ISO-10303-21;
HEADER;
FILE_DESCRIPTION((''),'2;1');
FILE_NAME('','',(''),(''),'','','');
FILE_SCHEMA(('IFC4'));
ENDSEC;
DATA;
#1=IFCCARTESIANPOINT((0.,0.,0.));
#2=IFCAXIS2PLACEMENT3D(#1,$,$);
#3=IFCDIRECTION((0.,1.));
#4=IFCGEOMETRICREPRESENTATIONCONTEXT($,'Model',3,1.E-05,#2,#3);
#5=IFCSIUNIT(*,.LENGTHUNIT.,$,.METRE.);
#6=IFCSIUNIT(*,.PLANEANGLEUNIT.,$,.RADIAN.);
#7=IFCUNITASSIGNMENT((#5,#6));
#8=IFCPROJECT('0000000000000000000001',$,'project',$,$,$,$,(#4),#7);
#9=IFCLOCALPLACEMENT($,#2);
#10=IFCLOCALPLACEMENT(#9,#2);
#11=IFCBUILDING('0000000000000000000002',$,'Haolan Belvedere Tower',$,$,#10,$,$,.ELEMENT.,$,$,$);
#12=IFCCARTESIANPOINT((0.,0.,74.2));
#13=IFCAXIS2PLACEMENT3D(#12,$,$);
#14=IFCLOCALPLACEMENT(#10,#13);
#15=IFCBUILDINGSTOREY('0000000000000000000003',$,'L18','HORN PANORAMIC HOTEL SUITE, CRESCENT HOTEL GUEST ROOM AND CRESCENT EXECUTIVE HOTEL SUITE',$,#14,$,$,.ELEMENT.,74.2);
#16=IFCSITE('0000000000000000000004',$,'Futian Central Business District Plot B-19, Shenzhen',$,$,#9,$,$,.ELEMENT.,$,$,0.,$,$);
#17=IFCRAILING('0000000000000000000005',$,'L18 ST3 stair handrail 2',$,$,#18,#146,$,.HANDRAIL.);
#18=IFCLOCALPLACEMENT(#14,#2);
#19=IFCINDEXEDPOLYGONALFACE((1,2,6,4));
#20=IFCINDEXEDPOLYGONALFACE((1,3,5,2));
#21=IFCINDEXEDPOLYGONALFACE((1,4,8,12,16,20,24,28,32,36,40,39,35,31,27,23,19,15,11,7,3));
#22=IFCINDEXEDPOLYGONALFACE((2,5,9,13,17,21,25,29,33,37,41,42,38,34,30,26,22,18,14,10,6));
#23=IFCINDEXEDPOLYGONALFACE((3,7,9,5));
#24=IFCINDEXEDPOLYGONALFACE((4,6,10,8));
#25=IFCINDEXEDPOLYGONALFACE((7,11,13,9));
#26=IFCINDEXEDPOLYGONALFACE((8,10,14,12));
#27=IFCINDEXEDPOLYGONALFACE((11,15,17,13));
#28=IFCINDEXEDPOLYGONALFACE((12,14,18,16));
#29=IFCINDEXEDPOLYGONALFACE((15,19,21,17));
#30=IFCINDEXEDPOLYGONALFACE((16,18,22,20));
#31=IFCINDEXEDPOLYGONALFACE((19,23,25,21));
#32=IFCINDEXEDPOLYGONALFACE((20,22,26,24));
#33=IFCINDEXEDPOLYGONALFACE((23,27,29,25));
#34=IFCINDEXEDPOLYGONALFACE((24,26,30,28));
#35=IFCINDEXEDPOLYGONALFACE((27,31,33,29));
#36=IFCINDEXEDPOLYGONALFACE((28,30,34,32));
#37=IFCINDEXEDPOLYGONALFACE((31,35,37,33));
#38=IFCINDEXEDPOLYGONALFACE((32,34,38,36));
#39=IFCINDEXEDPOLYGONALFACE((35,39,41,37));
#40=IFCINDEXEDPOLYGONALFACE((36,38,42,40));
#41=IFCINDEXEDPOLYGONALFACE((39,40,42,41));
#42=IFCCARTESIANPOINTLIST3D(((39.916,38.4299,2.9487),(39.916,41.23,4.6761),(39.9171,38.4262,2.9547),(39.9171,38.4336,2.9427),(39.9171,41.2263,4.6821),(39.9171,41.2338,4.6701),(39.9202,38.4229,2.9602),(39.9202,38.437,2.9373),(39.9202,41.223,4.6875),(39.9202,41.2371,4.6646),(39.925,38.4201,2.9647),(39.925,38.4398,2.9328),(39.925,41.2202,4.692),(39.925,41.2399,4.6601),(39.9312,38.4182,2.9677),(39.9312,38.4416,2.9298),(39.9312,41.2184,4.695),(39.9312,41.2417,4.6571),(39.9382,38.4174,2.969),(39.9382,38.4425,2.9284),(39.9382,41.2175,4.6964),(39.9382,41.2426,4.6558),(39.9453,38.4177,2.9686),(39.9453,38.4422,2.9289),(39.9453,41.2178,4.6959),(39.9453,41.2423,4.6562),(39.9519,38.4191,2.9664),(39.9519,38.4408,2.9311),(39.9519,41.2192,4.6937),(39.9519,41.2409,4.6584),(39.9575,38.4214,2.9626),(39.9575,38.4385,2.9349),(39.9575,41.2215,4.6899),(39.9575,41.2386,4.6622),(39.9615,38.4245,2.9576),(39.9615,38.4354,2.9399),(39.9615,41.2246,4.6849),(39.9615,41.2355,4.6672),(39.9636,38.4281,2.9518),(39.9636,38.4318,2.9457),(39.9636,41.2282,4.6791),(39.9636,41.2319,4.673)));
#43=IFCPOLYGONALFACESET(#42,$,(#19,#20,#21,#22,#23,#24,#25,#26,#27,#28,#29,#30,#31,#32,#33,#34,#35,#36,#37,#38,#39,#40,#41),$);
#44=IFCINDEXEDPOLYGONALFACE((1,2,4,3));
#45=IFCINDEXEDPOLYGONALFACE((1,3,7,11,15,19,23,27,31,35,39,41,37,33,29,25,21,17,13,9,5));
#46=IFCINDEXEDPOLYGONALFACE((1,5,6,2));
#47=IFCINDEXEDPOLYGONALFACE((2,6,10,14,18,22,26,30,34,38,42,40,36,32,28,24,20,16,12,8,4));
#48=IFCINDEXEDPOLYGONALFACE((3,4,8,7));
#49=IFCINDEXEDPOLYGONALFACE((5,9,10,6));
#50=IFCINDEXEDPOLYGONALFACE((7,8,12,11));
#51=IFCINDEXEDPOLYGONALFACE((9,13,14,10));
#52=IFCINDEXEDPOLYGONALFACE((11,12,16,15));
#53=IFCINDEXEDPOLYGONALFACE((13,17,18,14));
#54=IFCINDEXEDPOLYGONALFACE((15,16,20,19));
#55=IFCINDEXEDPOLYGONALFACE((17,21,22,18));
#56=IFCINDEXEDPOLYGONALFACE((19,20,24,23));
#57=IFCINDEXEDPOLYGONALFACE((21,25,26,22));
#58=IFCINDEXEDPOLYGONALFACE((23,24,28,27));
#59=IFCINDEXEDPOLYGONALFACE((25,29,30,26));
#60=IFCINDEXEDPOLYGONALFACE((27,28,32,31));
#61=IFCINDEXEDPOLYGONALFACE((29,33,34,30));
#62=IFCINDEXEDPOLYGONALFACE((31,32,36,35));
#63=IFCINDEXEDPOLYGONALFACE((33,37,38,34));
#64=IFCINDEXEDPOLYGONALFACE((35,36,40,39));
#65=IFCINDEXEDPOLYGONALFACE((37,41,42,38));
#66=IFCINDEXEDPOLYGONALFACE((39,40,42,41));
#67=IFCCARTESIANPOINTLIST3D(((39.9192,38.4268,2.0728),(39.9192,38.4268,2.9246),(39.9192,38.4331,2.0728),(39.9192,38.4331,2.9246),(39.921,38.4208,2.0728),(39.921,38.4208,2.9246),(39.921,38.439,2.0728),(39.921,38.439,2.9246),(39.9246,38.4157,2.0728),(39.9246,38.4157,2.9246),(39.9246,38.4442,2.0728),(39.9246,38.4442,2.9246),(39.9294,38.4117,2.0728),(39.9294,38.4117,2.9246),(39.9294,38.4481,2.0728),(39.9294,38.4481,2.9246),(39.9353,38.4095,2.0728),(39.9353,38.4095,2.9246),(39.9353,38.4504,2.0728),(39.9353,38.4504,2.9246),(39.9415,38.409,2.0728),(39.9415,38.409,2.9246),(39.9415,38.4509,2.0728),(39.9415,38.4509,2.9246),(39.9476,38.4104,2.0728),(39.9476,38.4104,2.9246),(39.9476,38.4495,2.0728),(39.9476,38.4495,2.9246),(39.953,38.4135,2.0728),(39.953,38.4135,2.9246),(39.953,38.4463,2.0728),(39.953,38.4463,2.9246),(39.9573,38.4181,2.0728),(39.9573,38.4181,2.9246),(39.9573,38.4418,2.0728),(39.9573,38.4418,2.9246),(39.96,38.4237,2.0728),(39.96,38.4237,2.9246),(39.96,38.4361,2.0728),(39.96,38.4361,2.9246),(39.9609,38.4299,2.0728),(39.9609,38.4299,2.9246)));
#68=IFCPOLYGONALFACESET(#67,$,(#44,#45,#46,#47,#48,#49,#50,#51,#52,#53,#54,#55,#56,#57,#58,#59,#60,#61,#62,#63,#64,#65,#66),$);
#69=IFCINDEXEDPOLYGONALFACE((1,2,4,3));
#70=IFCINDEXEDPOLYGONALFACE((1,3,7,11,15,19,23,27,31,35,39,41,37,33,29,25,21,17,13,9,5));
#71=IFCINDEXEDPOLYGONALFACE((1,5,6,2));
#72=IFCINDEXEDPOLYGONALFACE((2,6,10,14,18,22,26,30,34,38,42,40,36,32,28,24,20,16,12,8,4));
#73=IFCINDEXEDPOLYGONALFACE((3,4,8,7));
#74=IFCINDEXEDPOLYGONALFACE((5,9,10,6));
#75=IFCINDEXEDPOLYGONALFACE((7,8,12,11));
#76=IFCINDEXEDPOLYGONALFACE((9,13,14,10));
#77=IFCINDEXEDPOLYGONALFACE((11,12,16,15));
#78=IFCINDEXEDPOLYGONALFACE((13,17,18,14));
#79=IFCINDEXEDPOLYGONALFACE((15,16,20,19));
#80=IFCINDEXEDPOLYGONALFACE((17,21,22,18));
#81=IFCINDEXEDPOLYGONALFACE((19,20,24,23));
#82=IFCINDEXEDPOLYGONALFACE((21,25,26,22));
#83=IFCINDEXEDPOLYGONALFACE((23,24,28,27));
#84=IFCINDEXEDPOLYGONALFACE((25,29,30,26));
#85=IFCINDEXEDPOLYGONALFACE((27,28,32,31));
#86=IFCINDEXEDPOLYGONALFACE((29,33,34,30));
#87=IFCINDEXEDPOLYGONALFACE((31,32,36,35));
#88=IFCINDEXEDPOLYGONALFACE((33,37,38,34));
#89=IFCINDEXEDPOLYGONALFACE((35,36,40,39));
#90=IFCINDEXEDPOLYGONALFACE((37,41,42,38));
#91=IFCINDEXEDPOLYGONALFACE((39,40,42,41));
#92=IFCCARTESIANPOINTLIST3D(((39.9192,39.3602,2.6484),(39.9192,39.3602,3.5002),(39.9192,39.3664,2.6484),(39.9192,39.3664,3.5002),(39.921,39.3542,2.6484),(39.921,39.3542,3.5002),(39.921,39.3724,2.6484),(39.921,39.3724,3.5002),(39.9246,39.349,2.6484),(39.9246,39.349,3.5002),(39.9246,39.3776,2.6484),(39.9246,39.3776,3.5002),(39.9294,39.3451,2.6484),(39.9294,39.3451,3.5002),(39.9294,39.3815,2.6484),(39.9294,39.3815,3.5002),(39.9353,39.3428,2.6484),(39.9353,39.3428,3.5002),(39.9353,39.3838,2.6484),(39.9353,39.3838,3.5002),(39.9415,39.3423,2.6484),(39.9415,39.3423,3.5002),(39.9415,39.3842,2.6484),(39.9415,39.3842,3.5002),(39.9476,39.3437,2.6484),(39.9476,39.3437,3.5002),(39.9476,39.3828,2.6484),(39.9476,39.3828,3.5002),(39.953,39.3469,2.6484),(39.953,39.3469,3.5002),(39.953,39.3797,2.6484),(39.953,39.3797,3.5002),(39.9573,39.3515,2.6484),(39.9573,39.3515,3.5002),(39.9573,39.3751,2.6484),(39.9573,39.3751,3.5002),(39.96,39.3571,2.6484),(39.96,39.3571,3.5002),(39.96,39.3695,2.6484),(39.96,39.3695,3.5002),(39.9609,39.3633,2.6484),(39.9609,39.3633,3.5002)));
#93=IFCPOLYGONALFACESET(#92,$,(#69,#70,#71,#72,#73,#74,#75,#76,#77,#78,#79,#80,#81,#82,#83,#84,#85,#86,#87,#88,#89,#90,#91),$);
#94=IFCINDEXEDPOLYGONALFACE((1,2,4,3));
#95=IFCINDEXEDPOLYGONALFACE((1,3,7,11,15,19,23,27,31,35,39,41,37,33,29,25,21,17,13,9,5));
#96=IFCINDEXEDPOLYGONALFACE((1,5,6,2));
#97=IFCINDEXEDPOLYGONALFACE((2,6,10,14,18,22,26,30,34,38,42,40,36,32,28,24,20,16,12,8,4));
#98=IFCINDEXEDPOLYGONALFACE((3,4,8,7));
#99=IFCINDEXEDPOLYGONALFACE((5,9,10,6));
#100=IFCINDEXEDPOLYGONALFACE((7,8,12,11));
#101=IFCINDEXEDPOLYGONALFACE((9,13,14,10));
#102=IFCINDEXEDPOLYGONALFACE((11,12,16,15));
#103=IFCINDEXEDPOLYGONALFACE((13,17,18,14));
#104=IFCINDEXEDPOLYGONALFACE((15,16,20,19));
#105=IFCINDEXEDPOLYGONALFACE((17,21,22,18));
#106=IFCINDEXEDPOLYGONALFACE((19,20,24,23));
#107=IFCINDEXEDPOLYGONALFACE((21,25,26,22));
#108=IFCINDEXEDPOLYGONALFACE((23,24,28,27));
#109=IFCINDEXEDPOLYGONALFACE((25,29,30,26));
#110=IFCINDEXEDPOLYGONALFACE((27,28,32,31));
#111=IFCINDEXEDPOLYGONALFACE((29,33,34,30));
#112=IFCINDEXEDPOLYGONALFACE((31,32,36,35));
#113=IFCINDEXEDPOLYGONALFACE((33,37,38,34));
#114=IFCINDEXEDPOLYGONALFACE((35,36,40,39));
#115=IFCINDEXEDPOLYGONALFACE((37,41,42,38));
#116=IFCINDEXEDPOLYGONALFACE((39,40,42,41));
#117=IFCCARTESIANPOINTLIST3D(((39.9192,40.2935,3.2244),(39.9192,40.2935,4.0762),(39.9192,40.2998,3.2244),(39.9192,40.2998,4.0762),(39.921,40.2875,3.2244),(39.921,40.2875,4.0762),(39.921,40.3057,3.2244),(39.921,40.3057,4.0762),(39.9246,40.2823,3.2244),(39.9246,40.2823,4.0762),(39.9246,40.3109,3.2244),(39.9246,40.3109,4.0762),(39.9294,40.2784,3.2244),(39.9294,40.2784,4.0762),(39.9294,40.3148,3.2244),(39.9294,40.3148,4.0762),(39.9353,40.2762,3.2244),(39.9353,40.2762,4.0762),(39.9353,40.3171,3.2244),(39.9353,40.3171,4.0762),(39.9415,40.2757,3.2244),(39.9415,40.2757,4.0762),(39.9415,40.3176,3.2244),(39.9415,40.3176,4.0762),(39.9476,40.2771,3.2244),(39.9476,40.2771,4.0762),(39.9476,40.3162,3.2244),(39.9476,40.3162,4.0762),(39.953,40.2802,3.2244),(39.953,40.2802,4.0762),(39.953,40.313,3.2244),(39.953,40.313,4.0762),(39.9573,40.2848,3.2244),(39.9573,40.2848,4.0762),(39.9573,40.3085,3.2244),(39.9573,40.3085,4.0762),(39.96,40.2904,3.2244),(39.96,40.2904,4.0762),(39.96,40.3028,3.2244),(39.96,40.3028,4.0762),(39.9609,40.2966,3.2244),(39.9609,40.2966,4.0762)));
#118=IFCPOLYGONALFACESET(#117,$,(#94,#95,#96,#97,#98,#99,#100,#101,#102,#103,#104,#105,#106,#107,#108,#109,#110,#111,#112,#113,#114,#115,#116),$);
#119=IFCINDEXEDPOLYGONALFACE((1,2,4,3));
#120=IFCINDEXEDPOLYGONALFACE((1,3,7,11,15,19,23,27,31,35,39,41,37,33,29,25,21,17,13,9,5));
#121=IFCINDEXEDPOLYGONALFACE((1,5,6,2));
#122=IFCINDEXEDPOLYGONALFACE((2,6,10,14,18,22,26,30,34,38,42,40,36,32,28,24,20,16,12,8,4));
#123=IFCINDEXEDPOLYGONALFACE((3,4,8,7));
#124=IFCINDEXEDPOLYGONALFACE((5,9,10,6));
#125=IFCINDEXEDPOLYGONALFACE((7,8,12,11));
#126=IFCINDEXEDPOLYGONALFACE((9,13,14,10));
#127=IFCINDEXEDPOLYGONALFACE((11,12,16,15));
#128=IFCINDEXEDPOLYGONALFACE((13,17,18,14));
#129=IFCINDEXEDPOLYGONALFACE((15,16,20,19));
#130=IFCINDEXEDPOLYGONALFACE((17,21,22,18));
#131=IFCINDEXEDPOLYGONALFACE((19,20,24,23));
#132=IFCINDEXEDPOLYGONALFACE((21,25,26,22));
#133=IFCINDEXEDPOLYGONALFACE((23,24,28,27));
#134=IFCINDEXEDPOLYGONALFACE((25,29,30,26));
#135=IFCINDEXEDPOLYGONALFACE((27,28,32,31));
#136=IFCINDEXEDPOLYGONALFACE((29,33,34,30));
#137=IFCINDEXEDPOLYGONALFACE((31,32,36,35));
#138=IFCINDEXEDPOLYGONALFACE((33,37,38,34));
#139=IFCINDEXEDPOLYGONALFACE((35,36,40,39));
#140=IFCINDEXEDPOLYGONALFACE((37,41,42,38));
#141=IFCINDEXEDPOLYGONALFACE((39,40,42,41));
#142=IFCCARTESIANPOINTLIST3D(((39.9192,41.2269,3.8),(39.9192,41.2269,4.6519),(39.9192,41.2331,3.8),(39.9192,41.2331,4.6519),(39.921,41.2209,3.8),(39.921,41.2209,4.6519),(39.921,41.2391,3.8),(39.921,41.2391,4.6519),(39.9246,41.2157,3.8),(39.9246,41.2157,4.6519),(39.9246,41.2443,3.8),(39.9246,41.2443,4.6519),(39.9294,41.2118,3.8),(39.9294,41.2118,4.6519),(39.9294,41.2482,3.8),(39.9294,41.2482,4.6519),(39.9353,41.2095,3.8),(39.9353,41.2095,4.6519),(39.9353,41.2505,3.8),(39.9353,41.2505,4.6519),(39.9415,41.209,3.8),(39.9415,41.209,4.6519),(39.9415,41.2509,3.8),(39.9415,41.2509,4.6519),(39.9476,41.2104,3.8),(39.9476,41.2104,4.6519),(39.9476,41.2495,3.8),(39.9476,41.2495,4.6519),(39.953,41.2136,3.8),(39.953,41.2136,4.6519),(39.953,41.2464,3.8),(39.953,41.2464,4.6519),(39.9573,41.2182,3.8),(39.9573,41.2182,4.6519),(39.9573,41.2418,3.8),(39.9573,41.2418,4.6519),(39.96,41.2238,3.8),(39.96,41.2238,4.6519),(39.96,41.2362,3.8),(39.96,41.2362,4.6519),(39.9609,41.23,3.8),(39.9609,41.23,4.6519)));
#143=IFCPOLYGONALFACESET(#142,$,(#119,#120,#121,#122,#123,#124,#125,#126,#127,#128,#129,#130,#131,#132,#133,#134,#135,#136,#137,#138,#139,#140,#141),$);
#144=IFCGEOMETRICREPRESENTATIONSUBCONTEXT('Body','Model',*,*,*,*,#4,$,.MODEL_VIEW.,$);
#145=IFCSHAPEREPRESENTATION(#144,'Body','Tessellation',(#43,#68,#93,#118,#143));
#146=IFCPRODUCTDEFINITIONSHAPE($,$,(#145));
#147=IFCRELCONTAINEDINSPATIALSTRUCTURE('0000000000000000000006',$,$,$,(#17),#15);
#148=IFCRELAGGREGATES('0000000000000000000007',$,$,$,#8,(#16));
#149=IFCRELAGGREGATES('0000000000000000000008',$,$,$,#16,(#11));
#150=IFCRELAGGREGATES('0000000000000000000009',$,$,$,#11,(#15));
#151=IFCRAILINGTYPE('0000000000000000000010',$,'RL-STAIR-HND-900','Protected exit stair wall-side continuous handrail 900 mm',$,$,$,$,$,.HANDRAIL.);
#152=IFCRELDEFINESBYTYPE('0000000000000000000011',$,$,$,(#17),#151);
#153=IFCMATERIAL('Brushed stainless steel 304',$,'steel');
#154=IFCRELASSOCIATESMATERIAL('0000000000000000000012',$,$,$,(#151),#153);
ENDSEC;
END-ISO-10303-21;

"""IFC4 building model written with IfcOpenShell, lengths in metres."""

from ifc_helpers import new_model, si_unit, direction, frame, origin, origin_2d, place, context, subcontext, project, spatial, circle, extrude, material, type_object, element, save


model = new_model("IFC4")

# Units and contexts
model_context = context("Model", 3, precision=1e-05, world=origin(), true_north=direction((0.0, 1.0)))
body_context = subcontext(model_context, "Body", "Model", "MODEL_VIEW")
ifc_project = project(units=[si_unit("LENGTHUNIT", "METRE"), si_unit("PLANEANGLEUNIT", "RADIAN")], contexts=[model_context])

# Site, building, storey
site_placement = place(None, origin())
site = spatial("IfcSite", under=ifc_project, at=site_placement, Name="Futian Central Business District Plot B-19, Shenzhen", CompositionType="ELEMENT", RefElevation=0.0)
building_placement = place(site_placement, origin())
building = spatial("IfcBuilding", under=site, at=building_placement, Name="Haolan Belvedere Tower", CompositionType="ELEMENT")
storey_placement = place(building_placement, frame((0.0, 0.0, 74.2)))
storey = spatial("IfcBuildingStorey", under=building, at=storey_placement, Name="L18", Description="HORN PANORAMIC HOTEL SUITE, CRESCENT HOTEL GUEST ROOM AND CRESCENT EXECUTIVE HOTEL SUITE", CompositionType="ELEMENT", Elevation=74.2)

# Railing
ifc_material_1 = material(Name="Brushed stainless steel 304", Category="steel")
railing_type_1 = type_object("IfcRailingType", Name="RL-STAIR-HND-900", Description="Protected exit stair wall-side continuous handrail 900 mm", PredefinedType="HANDRAIL", material=ifc_material_1)
railing_1_placement = place(storey_placement, frame((39.9399, 38.4299, 2.0728)))
element("IfcRailing", 1, at=railing_1_placement, inside=storey, type_object=railing_type_1, Name="L18 ST3 stair handrail 2", PredefinedType="HANDRAIL", context=body_context, shape_type="SweptSolid", body=[
    extrude(circle(Radius=0.0239, at=origin_2d()), frame((0.0, 0.0, 0.876), z_axis=(0.0, 0.85109, 0.52502), x_axis=(-1.0, 0.0, 0.0)), (0.0, 0.0, 1.0), 3.29),
    extrude(circle(Radius=0.021, at=origin_2d()), origin(), (0.0, 0.0, 1.0), 0.8518),
    extrude(circle(Radius=0.021, at=origin_2d()), frame((0.0, 0.9333, 0.5757)), (0.0, 0.0, 1.0), 0.8518),
    extrude(circle(Radius=0.021, at=origin_2d()), frame((0.0, 1.8667, 1.1516)), (0.0, 0.0, 1.0), 0.8518),
    extrude(circle(Radius=0.021, at=origin_2d()), frame((0.0, 2.8, 1.7273)), (0.0, 0.0, 1.0), 0.8518),
])

save(model, "model.ifc")
